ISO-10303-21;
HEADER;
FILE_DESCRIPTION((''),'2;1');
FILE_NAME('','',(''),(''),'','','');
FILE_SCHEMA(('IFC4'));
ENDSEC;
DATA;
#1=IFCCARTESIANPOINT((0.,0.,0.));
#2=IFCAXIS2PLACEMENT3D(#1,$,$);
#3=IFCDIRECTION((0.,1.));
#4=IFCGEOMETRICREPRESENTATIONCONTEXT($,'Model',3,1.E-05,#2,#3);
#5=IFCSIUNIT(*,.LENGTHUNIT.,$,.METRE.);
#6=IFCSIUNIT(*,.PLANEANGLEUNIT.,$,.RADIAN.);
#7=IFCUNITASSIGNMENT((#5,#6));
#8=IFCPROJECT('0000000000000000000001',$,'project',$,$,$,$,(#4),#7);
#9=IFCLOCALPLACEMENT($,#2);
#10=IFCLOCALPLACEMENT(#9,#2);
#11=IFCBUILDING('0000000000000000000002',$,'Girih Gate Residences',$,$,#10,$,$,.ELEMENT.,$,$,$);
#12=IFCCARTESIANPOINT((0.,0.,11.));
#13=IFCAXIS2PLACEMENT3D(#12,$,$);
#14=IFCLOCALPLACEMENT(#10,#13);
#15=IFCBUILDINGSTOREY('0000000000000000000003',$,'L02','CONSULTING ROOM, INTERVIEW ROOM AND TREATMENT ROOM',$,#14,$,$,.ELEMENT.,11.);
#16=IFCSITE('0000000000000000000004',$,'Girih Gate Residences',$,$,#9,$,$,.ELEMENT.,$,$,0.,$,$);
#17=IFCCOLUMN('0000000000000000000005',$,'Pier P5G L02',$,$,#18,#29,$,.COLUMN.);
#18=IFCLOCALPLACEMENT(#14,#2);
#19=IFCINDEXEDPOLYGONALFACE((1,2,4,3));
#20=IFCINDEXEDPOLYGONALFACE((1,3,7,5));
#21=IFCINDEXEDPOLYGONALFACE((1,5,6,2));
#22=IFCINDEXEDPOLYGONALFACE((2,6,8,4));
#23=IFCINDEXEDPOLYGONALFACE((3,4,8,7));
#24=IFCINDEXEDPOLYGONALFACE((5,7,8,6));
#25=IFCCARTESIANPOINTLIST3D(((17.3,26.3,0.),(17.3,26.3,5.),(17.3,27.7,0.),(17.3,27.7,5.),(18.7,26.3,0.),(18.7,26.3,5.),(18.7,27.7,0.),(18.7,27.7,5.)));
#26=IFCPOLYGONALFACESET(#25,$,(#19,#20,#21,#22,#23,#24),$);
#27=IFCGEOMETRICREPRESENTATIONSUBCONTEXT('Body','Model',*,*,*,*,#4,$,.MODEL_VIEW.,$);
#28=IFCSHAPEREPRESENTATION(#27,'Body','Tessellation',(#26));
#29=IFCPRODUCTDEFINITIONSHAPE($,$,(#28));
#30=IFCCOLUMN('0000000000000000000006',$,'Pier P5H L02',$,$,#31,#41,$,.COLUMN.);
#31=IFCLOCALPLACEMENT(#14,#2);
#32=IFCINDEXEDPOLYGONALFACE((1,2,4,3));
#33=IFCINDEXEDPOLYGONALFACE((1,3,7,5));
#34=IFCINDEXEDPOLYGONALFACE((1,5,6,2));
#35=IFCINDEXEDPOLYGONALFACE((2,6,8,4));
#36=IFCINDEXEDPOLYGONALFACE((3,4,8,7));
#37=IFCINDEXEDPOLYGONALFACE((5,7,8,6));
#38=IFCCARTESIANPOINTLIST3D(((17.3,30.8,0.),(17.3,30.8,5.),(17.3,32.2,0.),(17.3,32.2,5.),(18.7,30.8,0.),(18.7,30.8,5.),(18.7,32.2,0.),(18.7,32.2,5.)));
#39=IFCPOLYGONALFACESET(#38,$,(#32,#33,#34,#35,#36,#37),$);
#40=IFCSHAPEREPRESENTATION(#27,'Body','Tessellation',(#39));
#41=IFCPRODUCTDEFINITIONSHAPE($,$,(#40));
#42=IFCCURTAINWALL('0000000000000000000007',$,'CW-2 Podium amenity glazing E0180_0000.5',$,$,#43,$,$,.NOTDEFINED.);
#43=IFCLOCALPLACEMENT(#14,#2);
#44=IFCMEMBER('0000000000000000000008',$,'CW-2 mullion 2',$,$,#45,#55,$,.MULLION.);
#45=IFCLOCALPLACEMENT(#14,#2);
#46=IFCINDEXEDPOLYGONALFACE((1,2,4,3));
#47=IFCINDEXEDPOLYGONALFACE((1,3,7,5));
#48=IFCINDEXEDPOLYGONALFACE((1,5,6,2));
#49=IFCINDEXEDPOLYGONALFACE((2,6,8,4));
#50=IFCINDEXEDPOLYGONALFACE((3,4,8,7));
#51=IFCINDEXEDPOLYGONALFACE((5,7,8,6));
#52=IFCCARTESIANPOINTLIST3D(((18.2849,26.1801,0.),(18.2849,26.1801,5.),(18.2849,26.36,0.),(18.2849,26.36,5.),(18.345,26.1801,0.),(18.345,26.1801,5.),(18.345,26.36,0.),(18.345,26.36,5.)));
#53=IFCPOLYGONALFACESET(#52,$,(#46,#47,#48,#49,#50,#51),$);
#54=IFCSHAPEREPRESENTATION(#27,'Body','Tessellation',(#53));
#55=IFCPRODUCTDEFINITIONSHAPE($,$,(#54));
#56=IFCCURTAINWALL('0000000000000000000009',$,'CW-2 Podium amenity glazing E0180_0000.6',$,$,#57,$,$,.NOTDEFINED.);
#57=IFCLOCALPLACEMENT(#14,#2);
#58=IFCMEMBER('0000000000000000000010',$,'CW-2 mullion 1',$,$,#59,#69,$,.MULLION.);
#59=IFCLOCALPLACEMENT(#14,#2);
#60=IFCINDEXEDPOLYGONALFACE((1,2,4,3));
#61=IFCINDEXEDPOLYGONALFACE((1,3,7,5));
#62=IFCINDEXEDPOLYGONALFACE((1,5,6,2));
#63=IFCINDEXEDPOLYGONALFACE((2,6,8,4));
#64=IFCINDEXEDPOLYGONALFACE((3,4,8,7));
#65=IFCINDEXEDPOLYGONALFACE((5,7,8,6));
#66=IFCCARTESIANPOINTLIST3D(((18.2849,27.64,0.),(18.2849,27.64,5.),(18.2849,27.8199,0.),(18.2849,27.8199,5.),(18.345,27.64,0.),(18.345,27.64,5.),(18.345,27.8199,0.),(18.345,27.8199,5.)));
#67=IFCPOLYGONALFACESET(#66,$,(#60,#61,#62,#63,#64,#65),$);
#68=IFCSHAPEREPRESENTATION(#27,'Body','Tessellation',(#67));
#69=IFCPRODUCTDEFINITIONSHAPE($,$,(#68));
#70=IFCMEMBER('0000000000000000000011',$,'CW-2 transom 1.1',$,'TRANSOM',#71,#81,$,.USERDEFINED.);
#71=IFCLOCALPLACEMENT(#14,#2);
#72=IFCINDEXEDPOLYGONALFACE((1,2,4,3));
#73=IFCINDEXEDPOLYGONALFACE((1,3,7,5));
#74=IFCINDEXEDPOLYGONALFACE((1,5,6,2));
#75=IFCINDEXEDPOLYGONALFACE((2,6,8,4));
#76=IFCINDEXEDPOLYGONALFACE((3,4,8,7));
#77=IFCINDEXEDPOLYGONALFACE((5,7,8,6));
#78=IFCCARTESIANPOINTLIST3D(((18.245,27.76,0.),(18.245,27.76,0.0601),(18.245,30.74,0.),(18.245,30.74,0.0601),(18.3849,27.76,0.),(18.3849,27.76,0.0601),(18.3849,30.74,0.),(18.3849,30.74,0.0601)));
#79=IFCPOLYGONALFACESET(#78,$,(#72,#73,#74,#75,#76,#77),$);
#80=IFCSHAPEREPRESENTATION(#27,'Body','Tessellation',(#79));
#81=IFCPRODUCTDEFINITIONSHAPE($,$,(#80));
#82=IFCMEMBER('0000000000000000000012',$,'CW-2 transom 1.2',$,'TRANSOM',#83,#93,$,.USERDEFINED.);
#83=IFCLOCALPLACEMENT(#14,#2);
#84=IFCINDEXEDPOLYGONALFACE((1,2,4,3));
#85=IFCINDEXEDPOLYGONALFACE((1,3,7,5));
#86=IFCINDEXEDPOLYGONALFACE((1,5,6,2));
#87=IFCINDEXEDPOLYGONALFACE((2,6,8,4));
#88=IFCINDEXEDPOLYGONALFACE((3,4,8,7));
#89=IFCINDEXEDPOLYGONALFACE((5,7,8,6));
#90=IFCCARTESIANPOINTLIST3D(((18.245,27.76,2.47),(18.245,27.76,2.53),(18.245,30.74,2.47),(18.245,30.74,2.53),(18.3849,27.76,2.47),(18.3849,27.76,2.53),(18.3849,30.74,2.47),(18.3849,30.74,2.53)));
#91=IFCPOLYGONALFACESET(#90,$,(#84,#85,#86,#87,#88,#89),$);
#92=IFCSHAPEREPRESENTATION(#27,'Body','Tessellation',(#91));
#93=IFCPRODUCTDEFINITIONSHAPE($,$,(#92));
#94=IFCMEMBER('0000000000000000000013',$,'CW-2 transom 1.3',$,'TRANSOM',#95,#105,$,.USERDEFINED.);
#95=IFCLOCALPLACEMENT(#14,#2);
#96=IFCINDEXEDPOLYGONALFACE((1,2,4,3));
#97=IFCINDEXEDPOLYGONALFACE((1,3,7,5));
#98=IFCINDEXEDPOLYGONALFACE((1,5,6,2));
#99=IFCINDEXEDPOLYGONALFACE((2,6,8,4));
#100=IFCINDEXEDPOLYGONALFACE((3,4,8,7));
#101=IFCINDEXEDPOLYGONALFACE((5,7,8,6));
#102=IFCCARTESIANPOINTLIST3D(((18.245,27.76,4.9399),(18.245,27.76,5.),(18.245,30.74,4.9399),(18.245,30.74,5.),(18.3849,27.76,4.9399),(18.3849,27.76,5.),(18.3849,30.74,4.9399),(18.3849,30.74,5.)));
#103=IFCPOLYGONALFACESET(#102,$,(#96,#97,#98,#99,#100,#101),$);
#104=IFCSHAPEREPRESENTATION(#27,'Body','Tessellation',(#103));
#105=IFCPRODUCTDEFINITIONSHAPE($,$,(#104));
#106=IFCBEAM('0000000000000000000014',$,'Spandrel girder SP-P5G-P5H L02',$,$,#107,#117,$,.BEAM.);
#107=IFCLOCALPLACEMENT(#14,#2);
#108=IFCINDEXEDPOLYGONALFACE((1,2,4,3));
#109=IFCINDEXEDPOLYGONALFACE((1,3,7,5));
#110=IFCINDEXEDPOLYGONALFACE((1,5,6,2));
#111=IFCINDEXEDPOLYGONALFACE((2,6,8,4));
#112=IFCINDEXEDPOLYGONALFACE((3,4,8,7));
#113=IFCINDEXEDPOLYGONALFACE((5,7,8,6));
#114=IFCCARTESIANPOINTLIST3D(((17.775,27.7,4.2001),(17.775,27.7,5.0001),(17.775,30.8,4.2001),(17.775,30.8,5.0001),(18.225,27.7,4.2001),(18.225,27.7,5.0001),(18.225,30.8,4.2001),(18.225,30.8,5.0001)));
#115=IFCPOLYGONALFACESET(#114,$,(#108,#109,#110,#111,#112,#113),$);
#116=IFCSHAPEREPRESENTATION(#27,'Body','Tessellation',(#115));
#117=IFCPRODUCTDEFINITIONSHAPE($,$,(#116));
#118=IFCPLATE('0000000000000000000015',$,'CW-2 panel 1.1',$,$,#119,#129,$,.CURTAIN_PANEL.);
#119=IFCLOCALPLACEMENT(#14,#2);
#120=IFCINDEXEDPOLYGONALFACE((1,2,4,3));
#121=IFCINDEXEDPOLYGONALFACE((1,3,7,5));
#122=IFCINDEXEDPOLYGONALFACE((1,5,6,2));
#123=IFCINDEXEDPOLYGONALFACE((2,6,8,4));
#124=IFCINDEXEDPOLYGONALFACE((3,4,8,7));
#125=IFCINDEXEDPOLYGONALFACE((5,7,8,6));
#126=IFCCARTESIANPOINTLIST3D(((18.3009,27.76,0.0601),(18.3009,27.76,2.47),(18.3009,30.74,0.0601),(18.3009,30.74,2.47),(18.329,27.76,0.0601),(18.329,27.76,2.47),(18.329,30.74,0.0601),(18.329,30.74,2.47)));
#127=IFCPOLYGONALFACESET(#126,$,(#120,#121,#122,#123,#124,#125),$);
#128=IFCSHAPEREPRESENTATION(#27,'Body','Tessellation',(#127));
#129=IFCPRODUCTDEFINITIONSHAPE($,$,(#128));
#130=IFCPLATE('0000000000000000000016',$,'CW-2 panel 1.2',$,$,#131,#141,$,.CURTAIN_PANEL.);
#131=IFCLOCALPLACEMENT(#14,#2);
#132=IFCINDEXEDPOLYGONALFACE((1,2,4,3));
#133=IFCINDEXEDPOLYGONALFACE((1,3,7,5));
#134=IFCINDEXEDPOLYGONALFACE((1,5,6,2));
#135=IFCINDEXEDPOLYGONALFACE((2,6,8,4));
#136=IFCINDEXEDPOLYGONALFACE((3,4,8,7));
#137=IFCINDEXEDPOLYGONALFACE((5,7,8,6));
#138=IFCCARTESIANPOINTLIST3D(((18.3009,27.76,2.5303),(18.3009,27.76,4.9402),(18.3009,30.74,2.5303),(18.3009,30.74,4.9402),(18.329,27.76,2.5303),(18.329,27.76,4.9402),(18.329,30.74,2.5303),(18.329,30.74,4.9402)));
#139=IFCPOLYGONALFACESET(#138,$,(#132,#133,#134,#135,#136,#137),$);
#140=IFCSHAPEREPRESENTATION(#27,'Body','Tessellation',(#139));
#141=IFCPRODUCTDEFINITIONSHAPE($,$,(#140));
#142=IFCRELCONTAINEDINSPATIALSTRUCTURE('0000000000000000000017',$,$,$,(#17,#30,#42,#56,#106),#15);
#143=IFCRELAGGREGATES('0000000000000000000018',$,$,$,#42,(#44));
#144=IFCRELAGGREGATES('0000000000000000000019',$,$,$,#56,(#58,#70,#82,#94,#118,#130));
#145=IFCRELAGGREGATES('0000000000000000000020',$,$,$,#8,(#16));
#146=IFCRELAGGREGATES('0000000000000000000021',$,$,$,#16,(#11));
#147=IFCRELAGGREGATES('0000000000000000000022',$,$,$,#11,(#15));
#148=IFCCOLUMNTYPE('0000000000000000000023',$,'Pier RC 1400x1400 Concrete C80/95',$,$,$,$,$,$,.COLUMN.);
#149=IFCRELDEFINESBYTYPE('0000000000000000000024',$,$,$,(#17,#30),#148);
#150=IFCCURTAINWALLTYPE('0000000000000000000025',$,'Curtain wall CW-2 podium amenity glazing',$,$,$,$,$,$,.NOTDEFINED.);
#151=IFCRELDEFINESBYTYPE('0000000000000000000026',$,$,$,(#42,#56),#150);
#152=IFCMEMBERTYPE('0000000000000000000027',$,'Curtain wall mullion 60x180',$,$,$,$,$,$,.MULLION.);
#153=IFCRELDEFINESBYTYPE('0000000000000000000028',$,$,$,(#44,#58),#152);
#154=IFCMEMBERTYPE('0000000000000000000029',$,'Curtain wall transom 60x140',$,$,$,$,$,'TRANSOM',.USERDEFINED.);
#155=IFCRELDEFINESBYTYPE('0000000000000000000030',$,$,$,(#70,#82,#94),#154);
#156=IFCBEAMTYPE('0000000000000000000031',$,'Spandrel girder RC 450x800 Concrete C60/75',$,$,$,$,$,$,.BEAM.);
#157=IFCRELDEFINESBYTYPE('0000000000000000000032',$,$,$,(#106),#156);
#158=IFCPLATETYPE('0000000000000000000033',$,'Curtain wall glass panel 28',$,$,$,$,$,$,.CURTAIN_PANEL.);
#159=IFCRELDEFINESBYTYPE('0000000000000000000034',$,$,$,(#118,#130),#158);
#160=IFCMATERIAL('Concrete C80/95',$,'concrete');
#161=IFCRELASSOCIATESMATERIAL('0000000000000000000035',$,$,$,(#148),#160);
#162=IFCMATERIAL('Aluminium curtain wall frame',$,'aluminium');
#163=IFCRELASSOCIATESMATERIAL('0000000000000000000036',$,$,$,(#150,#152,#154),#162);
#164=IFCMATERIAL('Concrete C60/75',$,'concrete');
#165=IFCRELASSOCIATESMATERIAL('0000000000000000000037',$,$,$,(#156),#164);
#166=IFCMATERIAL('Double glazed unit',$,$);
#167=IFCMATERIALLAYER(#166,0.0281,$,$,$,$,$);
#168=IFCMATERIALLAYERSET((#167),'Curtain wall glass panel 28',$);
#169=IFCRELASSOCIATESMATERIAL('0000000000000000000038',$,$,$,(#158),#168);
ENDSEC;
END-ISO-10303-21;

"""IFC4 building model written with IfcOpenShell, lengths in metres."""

from ifc_helpers import new_model, si_unit, direction, frame, origin, origin_2d, place, context, subcontext, project, spatial, rectangle, extrude, material, layer, layer_set, material_profile, profile_set, type_object, element, aggregate, save


model = new_model("IFC4")

# Units and contexts
model_context = context("Model", 3, precision=1e-05, world=origin(), true_north=direction((0.0, 1.0)))
body_context = subcontext(model_context, "Body", "Model", "MODEL_VIEW")
ifc_project = project(units=[si_unit("LENGTHUNIT", "METRE"), si_unit("PLANEANGLEUNIT", "RADIAN")], contexts=[model_context])

# Site, building, storey
site_placement = place(None, origin())
site = spatial("IfcSite", under=ifc_project, at=site_placement, Name="Girih Gate Residences", CompositionType="ELEMENT", RefElevation=0.0)
building_placement = place(site_placement, origin())
building = spatial("IfcBuilding", under=site, at=building_placement, Name="Girih Gate Residences", CompositionType="ELEMENT")
storey_placement = place(building_placement, frame((0.0, 0.0, 11.0)))
storey = spatial("IfcBuildingStorey", under=building, at=storey_placement, Name="L02", Description="CONSULTING ROOM, INTERVIEW ROOM AND TREATMENT ROOM", CompositionType="ELEMENT", Elevation=11.0)

# Columns
ifc_material_1 = material(Name="Concrete C80/95", Category="concrete")
ifc_material_profile_1 = material_profile(ifc_material_1, rectangle(XDim=1.3999, YDim=1.3999, at=origin_2d()))
ifc_profile_set_1 = profile_set([ifc_material_profile_1], Name="Concrete C80/95")
column_type = type_object("IfcColumnType", Name="Pier RC 1400x1400 Concrete C80/95", PredefinedType="COLUMN", material=ifc_profile_set_1)
for number, where, z_axis, x_axis, name in (
    (1, (18.0, 27.0, 0.0), (0.0, 0.0, 1.0), (1.0, 0.0, 0.0), "Pier P5G L02"),
    (2, (18.0, 31.5, 0.0), (0.0, 0.0, 1.0), (1.0, 0.0, 0.0), "Pier P5H L02"),
):
    element("IfcColumn", number, at=place(storey_placement, frame(where, z_axis=z_axis, x_axis=x_axis)), inside=storey, type_object=column_type, Name=name, PredefinedType="COLUMN", context=body_context, shape_type="SweptSolid", body=[
        extrude(rectangle(XDim=1.3999, YDim=1.3999, at=origin_2d()), origin(), (0.0, 0.0, 1.0), 5.0),
    ])

# Curtain wall, member
ifc_material_2 = material(Name="Aluminium curtain wall frame", Category="aluminium")
curtain_wall_type = type_object("IfcCurtainWallType", Name="Curtain wall CW-2 podium amenity glazing", PredefinedType="NOTDEFINED", material=ifc_material_2)
curtain_wall_1_placement = place(storey_placement, origin())
curtain_wall_1 = element("IfcCurtainWall", 3, at=curtain_wall_1_placement, inside=storey, type_object=curtain_wall_type, Name="CW-2 Podium amenity glazing E0180_0000.5", PredefinedType="NOTDEFINED")
ifc_material_profile_2 = material_profile(ifc_material_2, rectangle(XDim=0.0601, YDim=0.1799, at=origin_2d()))
ifc_profile_set_2 = profile_set([ifc_material_profile_2], Name="Aluminium curtain wall frame")
member_type_1 = type_object("IfcMemberType", Name="Curtain wall mullion 60x180", PredefinedType="MULLION", material=ifc_profile_set_2)
member_1_placement = place(storey_placement, frame((18.3149, 26.27, 0.0), z_axis=(0.0, 0.0, 1.0), x_axis=(-1.0, 0.0, 0.0)))
member_1 = element("IfcMember", 4, at=member_1_placement, type_object=member_type_1, Name="CW-2 mullion 2", PredefinedType="MULLION", context=body_context, shape_type="SweptSolid", body=[
    extrude(rectangle(XDim=0.0601, YDim=0.1799, at=origin_2d()), origin(), (0.0, 0.0, 1.0), 5.0),
])
aggregate(curtain_wall_1, [member_1])

# Curtain wall, members
curtain_wall_2_placement = place(storey_placement, origin())
curtain_wall_2 = element("IfcCurtainWall", 5, at=curtain_wall_2_placement, inside=storey, type_object=curtain_wall_type, Name="CW-2 Podium amenity glazing E0180_0000.6", PredefinedType="NOTDEFINED")
member_2_placement = place(storey_placement, frame((18.3149, 27.73, 0.0), z_axis=(0.0, 0.0, 1.0), x_axis=(-1.0, 0.0, 0.0)))
member_2 = element("IfcMember", 6, at=member_2_placement, type_object=member_type_1, Name="CW-2 mullion 1", PredefinedType="MULLION", context=body_context, shape_type="SweptSolid", body=[
    extrude(rectangle(XDim=0.0601, YDim=0.1799, at=origin_2d()), origin(), (0.0, 0.0, 1.0), 5.0),
])
ifc_material_profile_3 = material_profile(ifc_material_2, rectangle(XDim=0.1399, YDim=0.0601, at=origin_2d()))
ifc_profile_set_3 = profile_set([ifc_material_profile_3], Name="Aluminium curtain wall frame")
member_type_2 = type_object("IfcMemberType", Name="Curtain wall transom 60x140", ElementType="TRANSOM", PredefinedType="USERDEFINED", material=ifc_profile_set_3)
member_3_placement = place(storey_placement, frame((18.3149, 27.76, 0.03), z_axis=(0.0, 1.0, 0.0), x_axis=(-1.0, 0.0, 0.0)))
member_3 = element("IfcMember", 7, at=member_3_placement, type_object=member_type_2, Name="CW-2 transom 1.1", ObjectType="TRANSOM", PredefinedType="USERDEFINED", context=body_context, shape_type="SweptSolid", body=[
    extrude(rectangle(XDim=0.1399, YDim=0.0601, at=origin_2d()), origin(), (0.0, 0.0, 1.0), 2.98),
])
member_4_placement = place(storey_placement, frame((18.3149, 27.76, 2.5), z_axis=(0.0, 1.0, 0.0), x_axis=(-1.0, 0.0, 0.0)))
member_4 = element("IfcMember", 8, at=member_4_placement, type_object=member_type_2, Name="CW-2 transom 1.2", ObjectType="TRANSOM", PredefinedType="USERDEFINED", context=body_context, shape_type="SweptSolid", body=[
    extrude(rectangle(XDim=0.1399, YDim=0.0601, at=origin_2d()), origin(), (0.0, 0.0, 1.0), 2.98),
])
member_5_placement = place(storey_placement, frame((18.3149, 27.76, 4.97), z_axis=(0.0, 1.0, 0.0), x_axis=(-1.0, 0.0, 0.0)))
member_5 = element("IfcMember", 9, at=member_5_placement, type_object=member_type_2, Name="CW-2 transom 1.3", ObjectType="TRANSOM", PredefinedType="USERDEFINED", context=body_context, shape_type="SweptSolid", body=[
    extrude(rectangle(XDim=0.1399, YDim=0.0601, at=origin_2d()), origin(), (0.0, 0.0, 1.0), 2.98),
])

# Beam
ifc_material_3 = material(Name="Concrete C60/75", Category="concrete")
ifc_material_profile_4 = material_profile(ifc_material_3, rectangle(XDim=0.45, YDim=0.8, at=origin_2d()))
ifc_profile_set_4 = profile_set([ifc_material_profile_4], Name="Concrete C60/75")
beam_type = type_object("IfcBeamType", Name="Spandrel girder RC 450x800 Concrete C60/75", PredefinedType="BEAM", material=ifc_profile_set_4)
beam_placement = place(storey_placement, frame((18.0, 27.7, 4.6001), z_axis=(0.0, 1.0, 0.0), x_axis=(-1.0, 0.0, 0.0)))
element("IfcBeam", 10, at=beam_placement, inside=storey, type_object=beam_type, Name="Spandrel girder SP-P5G-P5H L02", PredefinedType="BEAM", context=body_context, shape_type="SweptSolid", body=[
    extrude(rectangle(XDim=0.45, YDim=0.8, at=origin_2d()), origin(), (0.0, 0.0, 1.0), 3.1001),
])

# Plates
ifc_material_4 = material(Name="Double glazed unit")
ifc_layer_1 = layer(ifc_material_4, 0.0281)
ifc_layer_set_1 = layer_set([ifc_layer_1], Name="Curtain wall glass panel 28")
plate_type = type_object("IfcPlateType", Name="Curtain wall glass panel 28", PredefinedType="CURTAIN_PANEL", material=ifc_layer_set_1)
plate_1_placement = place(storey_placement, frame((18.3149, 29.25, 0.0601), z_axis=(0.0, 0.0, 1.0), x_axis=(0.0, 1.0, 0.0)))
plate_1 = element("IfcPlate", 11, at=plate_1_placement, type_object=plate_type, Name="CW-2 panel 1.1", PredefinedType="CURTAIN_PANEL", context=body_context, shape_type="SweptSolid", body=[
    extrude(rectangle(XDim=2.98, YDim=0.0281, at=origin_2d()), origin(), (0.0, 0.0, 1.0), 2.4099),
])
plate_2_placement = place(storey_placement, frame((18.3149, 29.25, 2.5303), z_axis=(0.0, 0.0, 1.0), x_axis=(0.0, 1.0, 0.0)))
plate_2 = element("IfcPlate", 12, at=plate_2_placement, type_object=plate_type, Name="CW-2 panel 1.2", PredefinedType="CURTAIN_PANEL", context=body_context, shape_type="SweptSolid", body=[
    extrude(rectangle(XDim=2.98, YDim=0.0281, at=origin_2d()), origin(), (0.0, 0.0, 1.0), 2.4099),
])
aggregate(curtain_wall_2, [member_2, member_3, member_4, member_5, plate_1, plate_2])

save(model, "model.ifc")
